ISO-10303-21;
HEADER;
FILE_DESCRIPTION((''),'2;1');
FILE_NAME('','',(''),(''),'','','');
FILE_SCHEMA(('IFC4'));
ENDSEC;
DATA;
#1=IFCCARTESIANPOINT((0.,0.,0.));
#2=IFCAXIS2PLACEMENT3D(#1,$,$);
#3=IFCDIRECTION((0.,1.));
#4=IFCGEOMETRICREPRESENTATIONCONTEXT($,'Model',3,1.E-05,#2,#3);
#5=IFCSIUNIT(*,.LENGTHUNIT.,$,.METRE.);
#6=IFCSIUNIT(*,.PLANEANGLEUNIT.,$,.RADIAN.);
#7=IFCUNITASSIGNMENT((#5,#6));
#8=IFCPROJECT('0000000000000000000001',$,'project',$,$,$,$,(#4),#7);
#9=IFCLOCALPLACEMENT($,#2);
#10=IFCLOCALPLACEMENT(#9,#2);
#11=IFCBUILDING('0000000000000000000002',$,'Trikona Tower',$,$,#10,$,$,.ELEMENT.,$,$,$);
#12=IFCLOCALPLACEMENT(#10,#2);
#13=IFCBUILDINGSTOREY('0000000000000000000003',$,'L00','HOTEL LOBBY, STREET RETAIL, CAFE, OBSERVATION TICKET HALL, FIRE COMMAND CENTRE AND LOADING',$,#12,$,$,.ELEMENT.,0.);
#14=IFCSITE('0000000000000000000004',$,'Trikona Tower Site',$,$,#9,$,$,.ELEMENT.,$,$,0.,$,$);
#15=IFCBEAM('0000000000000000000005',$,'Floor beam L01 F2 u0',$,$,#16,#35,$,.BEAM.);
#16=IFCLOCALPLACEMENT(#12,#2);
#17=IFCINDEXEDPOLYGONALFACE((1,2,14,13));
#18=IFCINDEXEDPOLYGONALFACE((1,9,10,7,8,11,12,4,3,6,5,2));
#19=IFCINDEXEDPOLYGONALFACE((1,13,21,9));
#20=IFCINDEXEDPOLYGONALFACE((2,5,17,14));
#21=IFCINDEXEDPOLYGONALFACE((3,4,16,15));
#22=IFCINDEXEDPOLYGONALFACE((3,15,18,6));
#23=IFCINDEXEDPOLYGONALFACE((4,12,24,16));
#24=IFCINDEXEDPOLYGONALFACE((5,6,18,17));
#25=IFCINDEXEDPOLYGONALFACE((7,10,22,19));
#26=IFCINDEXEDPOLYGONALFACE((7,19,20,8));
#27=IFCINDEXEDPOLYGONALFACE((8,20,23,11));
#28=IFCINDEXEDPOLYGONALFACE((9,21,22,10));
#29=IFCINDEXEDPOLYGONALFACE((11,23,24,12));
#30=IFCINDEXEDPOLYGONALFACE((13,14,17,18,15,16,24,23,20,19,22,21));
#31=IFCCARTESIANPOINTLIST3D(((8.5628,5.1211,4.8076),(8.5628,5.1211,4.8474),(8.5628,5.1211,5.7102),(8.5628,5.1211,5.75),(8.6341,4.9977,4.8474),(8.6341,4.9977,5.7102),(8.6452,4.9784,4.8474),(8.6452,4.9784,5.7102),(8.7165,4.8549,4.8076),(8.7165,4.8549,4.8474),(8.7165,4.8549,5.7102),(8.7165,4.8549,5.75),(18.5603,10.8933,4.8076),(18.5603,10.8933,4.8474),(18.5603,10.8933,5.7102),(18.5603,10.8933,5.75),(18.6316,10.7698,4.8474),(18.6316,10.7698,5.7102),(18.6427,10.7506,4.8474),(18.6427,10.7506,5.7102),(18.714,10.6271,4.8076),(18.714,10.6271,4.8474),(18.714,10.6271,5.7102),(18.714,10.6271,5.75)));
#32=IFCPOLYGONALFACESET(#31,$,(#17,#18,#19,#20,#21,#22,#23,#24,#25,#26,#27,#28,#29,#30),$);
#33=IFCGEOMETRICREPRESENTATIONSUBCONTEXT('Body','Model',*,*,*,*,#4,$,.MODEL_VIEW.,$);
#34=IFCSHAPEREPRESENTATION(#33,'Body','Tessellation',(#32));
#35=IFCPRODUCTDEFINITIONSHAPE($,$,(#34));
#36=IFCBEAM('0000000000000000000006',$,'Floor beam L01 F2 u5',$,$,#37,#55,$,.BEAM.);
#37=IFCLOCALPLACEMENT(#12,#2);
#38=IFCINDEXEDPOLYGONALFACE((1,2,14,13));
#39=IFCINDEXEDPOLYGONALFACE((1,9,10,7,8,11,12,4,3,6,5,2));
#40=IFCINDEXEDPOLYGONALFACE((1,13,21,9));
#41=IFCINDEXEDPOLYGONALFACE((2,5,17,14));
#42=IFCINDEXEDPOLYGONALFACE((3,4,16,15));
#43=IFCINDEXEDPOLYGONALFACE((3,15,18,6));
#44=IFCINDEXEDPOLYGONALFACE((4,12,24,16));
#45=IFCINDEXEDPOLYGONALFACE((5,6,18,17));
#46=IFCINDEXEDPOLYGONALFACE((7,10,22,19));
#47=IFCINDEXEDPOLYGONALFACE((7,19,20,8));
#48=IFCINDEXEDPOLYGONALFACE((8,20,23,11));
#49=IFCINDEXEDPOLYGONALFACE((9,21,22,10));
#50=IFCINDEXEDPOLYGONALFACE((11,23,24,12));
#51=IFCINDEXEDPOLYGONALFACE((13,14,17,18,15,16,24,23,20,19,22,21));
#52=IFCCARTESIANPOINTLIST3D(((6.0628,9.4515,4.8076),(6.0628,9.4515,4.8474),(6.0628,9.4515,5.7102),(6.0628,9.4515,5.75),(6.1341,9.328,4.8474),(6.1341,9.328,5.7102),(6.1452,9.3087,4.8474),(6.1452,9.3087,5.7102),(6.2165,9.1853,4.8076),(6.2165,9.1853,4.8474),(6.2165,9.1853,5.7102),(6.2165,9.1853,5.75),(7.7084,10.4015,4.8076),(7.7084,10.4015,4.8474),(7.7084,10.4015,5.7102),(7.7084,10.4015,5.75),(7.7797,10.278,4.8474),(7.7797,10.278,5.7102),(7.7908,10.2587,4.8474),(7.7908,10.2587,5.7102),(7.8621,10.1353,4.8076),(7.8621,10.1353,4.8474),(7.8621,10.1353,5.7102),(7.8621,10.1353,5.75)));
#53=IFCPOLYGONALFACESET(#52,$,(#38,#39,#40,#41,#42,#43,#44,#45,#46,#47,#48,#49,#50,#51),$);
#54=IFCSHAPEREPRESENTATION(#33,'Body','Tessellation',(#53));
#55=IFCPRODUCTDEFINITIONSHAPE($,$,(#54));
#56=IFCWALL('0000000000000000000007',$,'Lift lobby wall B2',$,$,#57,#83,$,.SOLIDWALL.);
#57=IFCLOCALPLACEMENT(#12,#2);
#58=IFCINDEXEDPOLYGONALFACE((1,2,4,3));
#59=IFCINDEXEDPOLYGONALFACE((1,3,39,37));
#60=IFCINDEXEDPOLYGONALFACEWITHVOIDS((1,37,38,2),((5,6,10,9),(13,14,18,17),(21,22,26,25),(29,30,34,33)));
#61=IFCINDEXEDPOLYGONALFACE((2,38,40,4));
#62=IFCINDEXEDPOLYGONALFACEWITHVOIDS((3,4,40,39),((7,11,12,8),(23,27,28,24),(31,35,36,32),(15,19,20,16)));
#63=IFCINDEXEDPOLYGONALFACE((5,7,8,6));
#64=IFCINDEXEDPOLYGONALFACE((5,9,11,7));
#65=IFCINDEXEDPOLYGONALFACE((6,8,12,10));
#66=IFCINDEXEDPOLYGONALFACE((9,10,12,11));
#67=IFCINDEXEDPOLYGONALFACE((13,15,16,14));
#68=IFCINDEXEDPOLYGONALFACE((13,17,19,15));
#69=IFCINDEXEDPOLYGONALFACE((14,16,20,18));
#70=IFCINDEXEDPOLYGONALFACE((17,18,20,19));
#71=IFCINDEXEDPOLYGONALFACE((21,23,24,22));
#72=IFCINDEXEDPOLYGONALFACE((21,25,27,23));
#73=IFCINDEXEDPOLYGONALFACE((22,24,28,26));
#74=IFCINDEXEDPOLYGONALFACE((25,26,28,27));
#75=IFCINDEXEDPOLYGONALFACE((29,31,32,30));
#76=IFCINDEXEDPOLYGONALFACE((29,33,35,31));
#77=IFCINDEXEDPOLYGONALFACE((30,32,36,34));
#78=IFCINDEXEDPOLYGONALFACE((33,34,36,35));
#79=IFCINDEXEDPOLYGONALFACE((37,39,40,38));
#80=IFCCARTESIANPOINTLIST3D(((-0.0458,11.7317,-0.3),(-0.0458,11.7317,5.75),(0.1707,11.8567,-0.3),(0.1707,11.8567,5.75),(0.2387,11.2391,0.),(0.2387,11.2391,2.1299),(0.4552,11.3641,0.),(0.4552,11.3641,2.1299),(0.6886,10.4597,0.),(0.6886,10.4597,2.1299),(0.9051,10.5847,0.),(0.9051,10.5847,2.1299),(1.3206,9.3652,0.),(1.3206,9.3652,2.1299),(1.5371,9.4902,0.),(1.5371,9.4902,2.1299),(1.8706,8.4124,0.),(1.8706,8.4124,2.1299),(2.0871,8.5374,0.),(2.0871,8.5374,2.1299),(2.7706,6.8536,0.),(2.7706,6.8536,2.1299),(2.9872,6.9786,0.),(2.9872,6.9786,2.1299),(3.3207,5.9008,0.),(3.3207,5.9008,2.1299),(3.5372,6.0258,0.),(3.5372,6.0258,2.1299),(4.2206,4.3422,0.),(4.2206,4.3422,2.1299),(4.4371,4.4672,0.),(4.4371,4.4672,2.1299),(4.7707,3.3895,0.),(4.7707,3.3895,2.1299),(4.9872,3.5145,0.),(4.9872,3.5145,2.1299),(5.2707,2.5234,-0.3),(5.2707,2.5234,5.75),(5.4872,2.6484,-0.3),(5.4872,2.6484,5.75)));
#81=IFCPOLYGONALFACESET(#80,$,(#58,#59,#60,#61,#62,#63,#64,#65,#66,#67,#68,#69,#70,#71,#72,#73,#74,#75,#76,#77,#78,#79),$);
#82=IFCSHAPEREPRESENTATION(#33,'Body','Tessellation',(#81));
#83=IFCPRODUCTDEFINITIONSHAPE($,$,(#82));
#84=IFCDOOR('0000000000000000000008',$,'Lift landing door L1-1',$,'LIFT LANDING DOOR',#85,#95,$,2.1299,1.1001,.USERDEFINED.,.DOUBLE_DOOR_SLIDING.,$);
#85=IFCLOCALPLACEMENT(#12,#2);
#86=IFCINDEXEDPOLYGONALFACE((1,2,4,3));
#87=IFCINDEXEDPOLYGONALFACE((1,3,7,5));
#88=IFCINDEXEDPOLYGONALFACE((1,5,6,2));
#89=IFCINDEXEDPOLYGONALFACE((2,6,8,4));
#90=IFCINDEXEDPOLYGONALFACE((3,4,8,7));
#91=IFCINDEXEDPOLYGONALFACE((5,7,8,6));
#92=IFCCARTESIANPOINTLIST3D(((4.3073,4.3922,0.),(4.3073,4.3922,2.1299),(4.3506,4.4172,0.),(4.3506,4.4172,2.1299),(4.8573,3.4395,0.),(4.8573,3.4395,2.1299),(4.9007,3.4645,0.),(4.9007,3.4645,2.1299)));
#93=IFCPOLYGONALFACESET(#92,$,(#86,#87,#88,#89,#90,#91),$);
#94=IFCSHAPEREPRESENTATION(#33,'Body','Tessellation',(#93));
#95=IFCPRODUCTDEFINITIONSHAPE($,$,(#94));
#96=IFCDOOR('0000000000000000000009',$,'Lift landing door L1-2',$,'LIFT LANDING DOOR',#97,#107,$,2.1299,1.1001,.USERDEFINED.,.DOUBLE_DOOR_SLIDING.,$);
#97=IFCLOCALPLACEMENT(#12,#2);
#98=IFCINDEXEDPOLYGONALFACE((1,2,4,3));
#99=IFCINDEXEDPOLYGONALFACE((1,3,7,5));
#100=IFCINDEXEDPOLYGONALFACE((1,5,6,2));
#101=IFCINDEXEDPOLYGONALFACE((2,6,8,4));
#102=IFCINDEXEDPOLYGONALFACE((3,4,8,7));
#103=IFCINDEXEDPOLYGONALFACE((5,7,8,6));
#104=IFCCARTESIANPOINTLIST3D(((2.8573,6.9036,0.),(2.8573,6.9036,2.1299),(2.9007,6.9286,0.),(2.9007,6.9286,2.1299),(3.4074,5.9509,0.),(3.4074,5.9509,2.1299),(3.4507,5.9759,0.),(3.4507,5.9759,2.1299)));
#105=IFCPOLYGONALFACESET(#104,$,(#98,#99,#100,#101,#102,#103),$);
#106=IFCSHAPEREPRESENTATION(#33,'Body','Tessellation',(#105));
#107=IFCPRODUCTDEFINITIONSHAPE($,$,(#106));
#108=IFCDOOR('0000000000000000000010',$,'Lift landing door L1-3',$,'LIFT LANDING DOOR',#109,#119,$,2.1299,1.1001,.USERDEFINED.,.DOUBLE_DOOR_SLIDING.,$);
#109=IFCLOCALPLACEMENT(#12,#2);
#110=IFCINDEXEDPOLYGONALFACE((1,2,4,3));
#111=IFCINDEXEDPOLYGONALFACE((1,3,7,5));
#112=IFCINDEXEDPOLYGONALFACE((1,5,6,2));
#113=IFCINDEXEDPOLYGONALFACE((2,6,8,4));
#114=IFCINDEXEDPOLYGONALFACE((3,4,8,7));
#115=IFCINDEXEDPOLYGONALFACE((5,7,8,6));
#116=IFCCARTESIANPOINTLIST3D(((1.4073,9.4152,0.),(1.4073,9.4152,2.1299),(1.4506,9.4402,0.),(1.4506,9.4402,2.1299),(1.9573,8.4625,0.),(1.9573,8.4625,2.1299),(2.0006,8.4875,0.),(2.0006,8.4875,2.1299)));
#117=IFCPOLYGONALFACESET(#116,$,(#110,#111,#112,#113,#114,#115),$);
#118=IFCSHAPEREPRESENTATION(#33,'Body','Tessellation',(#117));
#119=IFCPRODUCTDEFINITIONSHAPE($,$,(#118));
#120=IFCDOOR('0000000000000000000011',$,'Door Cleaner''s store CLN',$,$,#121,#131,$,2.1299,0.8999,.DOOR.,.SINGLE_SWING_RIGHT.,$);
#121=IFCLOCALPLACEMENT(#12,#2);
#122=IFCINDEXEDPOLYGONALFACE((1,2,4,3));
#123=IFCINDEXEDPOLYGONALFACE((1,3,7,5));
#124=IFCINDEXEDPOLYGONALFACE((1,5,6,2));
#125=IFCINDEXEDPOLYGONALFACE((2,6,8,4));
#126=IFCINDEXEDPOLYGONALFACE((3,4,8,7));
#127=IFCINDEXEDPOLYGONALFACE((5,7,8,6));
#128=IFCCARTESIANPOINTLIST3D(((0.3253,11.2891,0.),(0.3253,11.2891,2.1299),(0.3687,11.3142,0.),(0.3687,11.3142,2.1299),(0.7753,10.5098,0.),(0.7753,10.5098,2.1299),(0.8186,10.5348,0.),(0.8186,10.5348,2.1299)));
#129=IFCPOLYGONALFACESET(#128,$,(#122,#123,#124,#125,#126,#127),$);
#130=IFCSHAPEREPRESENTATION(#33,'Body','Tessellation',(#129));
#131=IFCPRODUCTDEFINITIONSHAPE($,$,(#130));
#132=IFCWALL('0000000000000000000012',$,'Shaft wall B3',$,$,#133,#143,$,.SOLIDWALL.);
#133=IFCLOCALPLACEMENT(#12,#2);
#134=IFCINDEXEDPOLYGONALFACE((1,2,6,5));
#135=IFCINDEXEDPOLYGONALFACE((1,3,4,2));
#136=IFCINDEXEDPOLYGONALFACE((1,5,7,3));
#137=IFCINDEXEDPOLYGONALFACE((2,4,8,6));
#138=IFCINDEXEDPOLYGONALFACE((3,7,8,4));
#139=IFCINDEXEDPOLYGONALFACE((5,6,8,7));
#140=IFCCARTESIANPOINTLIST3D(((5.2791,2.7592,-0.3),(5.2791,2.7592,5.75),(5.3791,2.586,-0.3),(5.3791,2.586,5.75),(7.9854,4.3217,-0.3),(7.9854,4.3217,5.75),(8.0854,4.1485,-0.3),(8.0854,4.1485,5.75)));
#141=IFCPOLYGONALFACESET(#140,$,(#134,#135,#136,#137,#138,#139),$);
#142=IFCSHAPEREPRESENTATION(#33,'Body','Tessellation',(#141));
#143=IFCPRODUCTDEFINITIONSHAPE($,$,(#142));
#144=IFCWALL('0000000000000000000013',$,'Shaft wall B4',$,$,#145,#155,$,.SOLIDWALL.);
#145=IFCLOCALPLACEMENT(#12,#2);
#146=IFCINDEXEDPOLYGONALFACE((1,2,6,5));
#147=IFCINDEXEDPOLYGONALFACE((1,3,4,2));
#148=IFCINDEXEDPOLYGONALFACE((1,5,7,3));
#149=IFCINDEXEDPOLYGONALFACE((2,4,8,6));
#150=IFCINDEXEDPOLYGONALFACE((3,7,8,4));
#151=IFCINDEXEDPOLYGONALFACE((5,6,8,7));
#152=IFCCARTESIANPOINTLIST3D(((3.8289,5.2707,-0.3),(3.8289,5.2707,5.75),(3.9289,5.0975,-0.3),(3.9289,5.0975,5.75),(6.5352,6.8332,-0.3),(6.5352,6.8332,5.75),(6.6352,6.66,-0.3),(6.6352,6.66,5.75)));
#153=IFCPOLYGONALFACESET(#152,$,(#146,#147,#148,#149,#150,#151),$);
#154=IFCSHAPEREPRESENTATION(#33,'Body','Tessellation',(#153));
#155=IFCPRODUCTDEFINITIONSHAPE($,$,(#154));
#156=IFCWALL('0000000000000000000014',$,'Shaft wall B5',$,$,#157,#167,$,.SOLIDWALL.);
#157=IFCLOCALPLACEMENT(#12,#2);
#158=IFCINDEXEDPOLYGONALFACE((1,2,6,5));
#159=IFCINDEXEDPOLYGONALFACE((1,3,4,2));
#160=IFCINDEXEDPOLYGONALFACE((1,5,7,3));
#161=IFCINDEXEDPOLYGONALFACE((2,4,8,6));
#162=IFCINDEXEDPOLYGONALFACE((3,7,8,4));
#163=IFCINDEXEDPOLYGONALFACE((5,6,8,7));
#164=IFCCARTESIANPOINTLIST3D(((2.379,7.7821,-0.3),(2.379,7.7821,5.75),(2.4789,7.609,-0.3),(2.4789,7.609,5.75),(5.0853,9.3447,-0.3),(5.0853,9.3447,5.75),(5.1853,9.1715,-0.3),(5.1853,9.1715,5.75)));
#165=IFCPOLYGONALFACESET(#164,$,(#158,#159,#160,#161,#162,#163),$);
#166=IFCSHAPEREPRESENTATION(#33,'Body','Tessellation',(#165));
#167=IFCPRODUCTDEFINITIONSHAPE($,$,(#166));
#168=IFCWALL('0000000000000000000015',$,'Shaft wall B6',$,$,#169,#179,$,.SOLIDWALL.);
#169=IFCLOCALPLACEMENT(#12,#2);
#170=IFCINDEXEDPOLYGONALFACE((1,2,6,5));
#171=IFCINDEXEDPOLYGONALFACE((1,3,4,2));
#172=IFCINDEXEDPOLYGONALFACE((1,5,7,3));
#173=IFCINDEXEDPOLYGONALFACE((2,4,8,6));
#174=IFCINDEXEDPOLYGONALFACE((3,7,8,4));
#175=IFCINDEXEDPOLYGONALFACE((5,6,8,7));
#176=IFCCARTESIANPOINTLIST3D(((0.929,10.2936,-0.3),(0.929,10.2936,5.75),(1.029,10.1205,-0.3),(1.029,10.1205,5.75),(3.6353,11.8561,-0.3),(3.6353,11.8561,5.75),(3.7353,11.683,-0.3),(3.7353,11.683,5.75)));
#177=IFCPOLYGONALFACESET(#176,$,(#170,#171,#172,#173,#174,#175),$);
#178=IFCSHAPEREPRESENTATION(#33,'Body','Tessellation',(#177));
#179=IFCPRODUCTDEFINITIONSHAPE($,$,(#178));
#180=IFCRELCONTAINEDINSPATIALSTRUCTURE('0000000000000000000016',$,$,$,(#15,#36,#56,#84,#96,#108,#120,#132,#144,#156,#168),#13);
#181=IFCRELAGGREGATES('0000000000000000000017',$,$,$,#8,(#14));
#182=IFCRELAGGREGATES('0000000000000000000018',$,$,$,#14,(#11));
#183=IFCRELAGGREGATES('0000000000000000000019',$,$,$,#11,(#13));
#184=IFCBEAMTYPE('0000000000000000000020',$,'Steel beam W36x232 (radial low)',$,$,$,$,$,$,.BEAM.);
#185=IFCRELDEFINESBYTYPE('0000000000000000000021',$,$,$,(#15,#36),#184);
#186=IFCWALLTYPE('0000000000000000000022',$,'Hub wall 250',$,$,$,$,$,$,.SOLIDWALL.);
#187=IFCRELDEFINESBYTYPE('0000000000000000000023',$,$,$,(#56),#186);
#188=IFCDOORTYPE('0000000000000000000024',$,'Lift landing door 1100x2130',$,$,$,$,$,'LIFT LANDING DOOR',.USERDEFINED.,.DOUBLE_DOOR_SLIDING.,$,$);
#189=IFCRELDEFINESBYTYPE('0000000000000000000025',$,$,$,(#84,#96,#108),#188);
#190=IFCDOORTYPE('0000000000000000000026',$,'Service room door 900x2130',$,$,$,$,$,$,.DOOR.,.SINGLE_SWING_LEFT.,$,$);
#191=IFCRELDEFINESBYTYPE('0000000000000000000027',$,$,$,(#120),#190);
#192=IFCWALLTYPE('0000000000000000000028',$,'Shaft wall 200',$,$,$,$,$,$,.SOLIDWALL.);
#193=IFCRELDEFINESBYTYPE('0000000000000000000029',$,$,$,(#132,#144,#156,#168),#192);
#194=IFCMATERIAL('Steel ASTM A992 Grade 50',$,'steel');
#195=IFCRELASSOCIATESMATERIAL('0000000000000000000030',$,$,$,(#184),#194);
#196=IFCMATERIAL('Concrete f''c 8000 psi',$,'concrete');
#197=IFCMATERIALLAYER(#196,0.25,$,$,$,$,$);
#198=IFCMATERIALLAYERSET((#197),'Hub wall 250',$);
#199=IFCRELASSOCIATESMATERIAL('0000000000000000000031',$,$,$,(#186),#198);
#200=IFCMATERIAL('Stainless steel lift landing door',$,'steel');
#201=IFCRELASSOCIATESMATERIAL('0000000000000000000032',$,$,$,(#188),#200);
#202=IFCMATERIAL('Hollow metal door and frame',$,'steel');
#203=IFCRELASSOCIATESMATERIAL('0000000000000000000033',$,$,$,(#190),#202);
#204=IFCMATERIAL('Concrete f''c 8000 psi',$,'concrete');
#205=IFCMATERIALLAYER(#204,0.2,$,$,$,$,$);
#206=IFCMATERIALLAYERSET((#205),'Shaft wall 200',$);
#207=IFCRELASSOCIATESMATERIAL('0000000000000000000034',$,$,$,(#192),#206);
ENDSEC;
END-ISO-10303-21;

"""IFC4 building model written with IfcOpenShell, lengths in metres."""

from ifc_helpers import new_model, si_unit, direction, frame, frame_2d, origin, origin_2d, place, context, subcontext, project, spatial, rectangle, i_section, extrude, material, layer, layer_set, material_profile, profile_set, type_object, element, fill, save


model = new_model("IFC4")

# Units and contexts
model_context = context("Model", 3, precision=1e-05, world=origin(), true_north=direction((0.0, 1.0)))
body_context = subcontext(model_context, "Body", "Model", "MODEL_VIEW")
ifc_project = project(units=[si_unit("LENGTHUNIT", "METRE"), si_unit("PLANEANGLEUNIT", "RADIAN")], contexts=[model_context])

# Site, building, storey
site_placement = place(None, origin())
site = spatial("IfcSite", under=ifc_project, at=site_placement, Name="Trikona Tower Site", CompositionType="ELEMENT", RefElevation=0.0)
building_placement = place(site_placement, origin())
building = spatial("IfcBuilding", under=site, at=building_placement, Name="Trikona Tower", CompositionType="ELEMENT")
storey_placement = place(building_placement, origin())
storey = spatial("IfcBuildingStorey", under=building, at=storey_placement, Name="L00", Description="HOTEL LOBBY, STREET RETAIL, CAFE, OBSERVATION TICKET HALL, FIRE COMMAND CENTRE AND LOADING", CompositionType="ELEMENT", Elevation=0.0)

# Beams
ifc_material_1 = material(Name="Steel ASTM A992 Grade 50", Category="steel")
ifc_material_profile = material_profile(ifc_material_1, i_section(OverallWidth=0.3074, OverallDepth=0.9424, WebThickness=0.0222, FlangeThickness=0.0398, at=origin_2d()), Name="W36X232")
ifc_profile_set = profile_set([ifc_material_profile], Name="Steel ASTM A992 Grade 50")
beam_type = type_object("IfcBeamType", Name="Steel beam W36x232 (radial low)", PredefinedType="BEAM", material=ifc_profile_set)
beam_1_placement = place(storey_placement, frame((8.6396, 4.988, 5.2788), z_axis=(0.866021, 0.500008, 0.0), x_axis=(-0.500008, 0.866021, 0.0)))
element("IfcBeam", 1, at=beam_1_placement, inside=storey, type_object=beam_type, Name="Floor beam L01 F2 u0", PredefinedType="BEAM", context=body_context, shape_type="SweptSolid", body=[
    extrude(i_section(OverallWidth=0.3074, OverallDepth=0.9424, WebThickness=0.0222, FlangeThickness=0.0398, at=origin_2d()), origin(), (0.0, 0.0, 1.0), 11.5442),
])
beam_2_placement = place(storey_placement, frame((6.1396, 9.3184, 5.2788), z_axis=(0.866044, 0.499967, 0.0), x_axis=(-0.499967, 0.866044, 0.0)))
element("IfcBeam", 2, at=beam_2_placement, inside=storey, type_object=beam_type, Name="Floor beam L01 F2 u5", PredefinedType="BEAM", context=body_context, shape_type="SweptSolid", body=[
    extrude(i_section(OverallWidth=0.3074, OverallDepth=0.9424, WebThickness=0.0222, FlangeThickness=0.0398, at=origin_2d()), origin(), (0.0, 0.0, 1.0), 1.9001),
])

# Wall, openings, doors
ifc_material_2 = material(Name="Concrete f'c 8000 psi", Category="concrete")
ifc_layer_1 = layer(ifc_material_2, 0.25)
ifc_layer_set_1 = layer_set([ifc_layer_1], Name="Hub wall 250")
wall_type_1 = type_object("IfcWallType", Name="Hub wall 250", PredefinedType="SOLIDWALL", material=ifc_layer_set_1)
wall_1_placement = place(storey_placement, frame((5.3789, 2.5859, -0.3), z_axis=(0.0, 0.0, 1.0), x_axis=(-0.500001, 0.866025, 0.0)))
wall_1 = element("IfcWall", 3, at=wall_1_placement, inside=storey, type_object=wall_type_1, Name="Lift lobby wall B2", PredefinedType="SOLIDWALL", context=body_context, shape_type="SweptSolid", body=[
    extrude(rectangle(XDim=10.6328, YDim=0.25, at=frame_2d((5.3164, 0.0))), origin(), (0.0, 0.0, 1.0), 6.05),
])
opening_1_placement = place(wall_1_placement, frame((9.1641, 0.0, 0.3)))
opening_1 = element("IfcOpeningElement", 4, at=opening_1_placement, cuts=wall_1, PredefinedType="OPENING", context=body_context, shape_type="SweptSolid", body=[
    extrude(rectangle(XDim=0.8999, YDim=2.1299, at=frame_2d((0.45, 1.0649))), frame((0.0, 0.135, 0.0), z_axis=(0.0, -1.0, 0.0), x_axis=(1.0, 0.0, 0.0)), (0.0, 0.0, 1.0), 0.27),
])
opening_2_placement = place(wall_1_placement, frame((1.0, 0.0, 0.3)))
opening_2 = element("IfcOpeningElement", 5, at=opening_2_placement, cuts=wall_1, PredefinedType="OPENING", context=body_context, shape_type="SweptSolid", body=[
    extrude(rectangle(XDim=1.1001, YDim=2.1299, at=frame_2d((0.55, 1.0649))), frame((0.0, 0.135, 0.0), z_axis=(0.0, -1.0, 0.0), x_axis=(1.0, 0.0, 0.0)), (0.0, 0.0, 1.0), 0.27),
])
opening_3_placement = place(wall_1_placement, frame((3.8999, 0.0, 0.3)))
opening_3 = element("IfcOpeningElement", 6, at=opening_3_placement, cuts=wall_1, PredefinedType="OPENING", context=body_context, shape_type="SweptSolid", body=[
    extrude(rectangle(XDim=1.1001, YDim=2.1299, at=frame_2d((0.55, 1.0649))), frame((0.0, 0.135, 0.0), z_axis=(0.0, -1.0, 0.0), x_axis=(1.0, 0.0, 0.0)), (0.0, 0.0, 1.0), 0.27),
])
opening_4_placement = place(wall_1_placement, frame((6.8, 0.0, 0.3)))
opening_4 = element("IfcOpeningElement", 7, at=opening_4_placement, cuts=wall_1, PredefinedType="OPENING", context=body_context, shape_type="SweptSolid", body=[
    extrude(rectangle(XDim=1.1001, YDim=2.1299, at=frame_2d((0.55, 1.0649))), frame((0.0, 0.135, 0.0), z_axis=(0.0, -1.0, 0.0), x_axis=(1.0, 0.0, 0.0)), (0.0, 0.0, 1.0), 0.27),
])
ifc_material_3 = material(Name="Stainless steel lift landing door", Category="steel")
door_type_1 = type_object("IfcDoorType", Name="Lift landing door 1100x2130", ElementType="LIFT LANDING DOOR", OperationType="DOUBLE_DOOR_SLIDING", PredefinedType="USERDEFINED", material=ifc_material_3)
door_1_placement = place(opening_2_placement, origin())
door_1 = element("IfcDoor", 8, at=door_1_placement, inside=storey, type_object=door_type_1, Name="Lift landing door L1-1", ObjectType="LIFT LANDING DOOR", OperationType="DOUBLE_DOOR_SLIDING", OverallHeight=2.1299, OverallWidth=1.1001, PredefinedType="USERDEFINED", context=body_context, shape_type="SweptSolid", body=[
    extrude(rectangle(XDim=1.1001, YDim=2.1299, at=frame_2d((0.55, 1.0649))), frame((0.0, 0.0249, 0.0), z_axis=(0.0, -1.0, 0.0), x_axis=(1.0, 0.0, 0.0)), (0.0, 0.0, 1.0), 0.05),
])
fill(opening_2, door_1)
door_2_placement = place(opening_3_placement, origin())
door_2 = element("IfcDoor", 9, at=door_2_placement, inside=storey, type_object=door_type_1, Name="Lift landing door L1-2", ObjectType="LIFT LANDING DOOR", OperationType="DOUBLE_DOOR_SLIDING", OverallHeight=2.1299, OverallWidth=1.1001, PredefinedType="USERDEFINED", context=body_context, shape_type="SweptSolid", body=[
    extrude(rectangle(XDim=1.1001, YDim=2.1299, at=frame_2d((0.55, 1.0649))), frame((0.0, 0.0249, 0.0), z_axis=(0.0, -1.0, 0.0), x_axis=(1.0, 0.0, 0.0)), (0.0, 0.0, 1.0), 0.05),
])
fill(opening_3, door_2)
door_3_placement = place(opening_4_placement, origin())
door_3 = element("IfcDoor", 10, at=door_3_placement, inside=storey, type_object=door_type_1, Name="Lift landing door L1-3", ObjectType="LIFT LANDING DOOR", OperationType="DOUBLE_DOOR_SLIDING", OverallHeight=2.1299, OverallWidth=1.1001, PredefinedType="USERDEFINED", context=body_context, shape_type="SweptSolid", body=[
    extrude(rectangle(XDim=1.1001, YDim=2.1299, at=frame_2d((0.55, 1.0649))), frame((0.0, 0.0249, 0.0), z_axis=(0.0, -1.0, 0.0), x_axis=(1.0, 0.0, 0.0)), (0.0, 0.0, 1.0), 0.05),
])
fill(opening_4, door_3)
ifc_material_4 = material(Name="Hollow metal door and frame", Category="steel")
door_type_2 = type_object("IfcDoorType", Name="Service room door 900x2130", OperationType="SINGLE_SWING_LEFT", PredefinedType="DOOR", material=ifc_material_4)
door_4_placement = place(opening_1_placement, origin())
door_4 = element("IfcDoor", 11, at=door_4_placement, inside=storey, type_object=door_type_2, Name="Door Cleaner's store CLN", OperationType="SINGLE_SWING_RIGHT", OverallHeight=2.1299, OverallWidth=0.8999, PredefinedType="DOOR", context=body_context, shape_type="SweptSolid", body=[
    extrude(rectangle(XDim=0.8999, YDim=2.1299, at=frame_2d((0.45, 1.0649))), frame((0.0, 0.0249, 0.0), z_axis=(0.0, -1.0, 0.0), x_axis=(1.0, 0.0, 0.0)), (0.0, 0.0, 1.0), 0.05),
])
fill(opening_1, door_4)

# Walls
ifc_material_5 = material(Name="Concrete f'c 8000 psi", Category="concrete")
ifc_layer_2 = layer(ifc_material_5, 0.2)
ifc_layer_set_2 = layer_set([ifc_layer_2], Name="Shaft wall 200")
wall_type_2 = type_object("IfcWallType", Name="Shaft wall 200", PredefinedType="SOLIDWALL", material=ifc_layer_set_2)
for number, where, z_axis, x_axis, name in (
    (12, (5.3291, 2.6726, -0.3), (0.0, 0.0, 1.0), (0.866023, 0.500004, 0.0), "Shaft wall B3"),
    (13, (3.8789, 5.1841, -0.3), (0.0, 0.0, 1.0), (0.866023, 0.500004, 0.0), "Shaft wall B4"),
    (14, (2.429, 7.6956, -0.3), (0.0, 0.0, 1.0), (0.866023, 0.500004, 0.0), "Shaft wall B5"),
    (15, (0.979, 10.207, -0.3), (0.0, 0.0, 1.0), (0.866023, 0.500004, 0.0), "Shaft wall B6"),
):
    element("IfcWall", number, at=place(storey_placement, frame(where, z_axis=z_axis, x_axis=x_axis)), inside=storey, type_object=wall_type_2, Name=name, PredefinedType="SOLIDWALL", context=body_context, shape_type="SweptSolid", body=[
        extrude(rectangle(XDim=3.125, YDim=0.2, at=frame_2d((1.5625, 0.0))), origin(), (0.0, 0.0, 1.0), 6.05),
    ])

save(model, "model.ifc")
